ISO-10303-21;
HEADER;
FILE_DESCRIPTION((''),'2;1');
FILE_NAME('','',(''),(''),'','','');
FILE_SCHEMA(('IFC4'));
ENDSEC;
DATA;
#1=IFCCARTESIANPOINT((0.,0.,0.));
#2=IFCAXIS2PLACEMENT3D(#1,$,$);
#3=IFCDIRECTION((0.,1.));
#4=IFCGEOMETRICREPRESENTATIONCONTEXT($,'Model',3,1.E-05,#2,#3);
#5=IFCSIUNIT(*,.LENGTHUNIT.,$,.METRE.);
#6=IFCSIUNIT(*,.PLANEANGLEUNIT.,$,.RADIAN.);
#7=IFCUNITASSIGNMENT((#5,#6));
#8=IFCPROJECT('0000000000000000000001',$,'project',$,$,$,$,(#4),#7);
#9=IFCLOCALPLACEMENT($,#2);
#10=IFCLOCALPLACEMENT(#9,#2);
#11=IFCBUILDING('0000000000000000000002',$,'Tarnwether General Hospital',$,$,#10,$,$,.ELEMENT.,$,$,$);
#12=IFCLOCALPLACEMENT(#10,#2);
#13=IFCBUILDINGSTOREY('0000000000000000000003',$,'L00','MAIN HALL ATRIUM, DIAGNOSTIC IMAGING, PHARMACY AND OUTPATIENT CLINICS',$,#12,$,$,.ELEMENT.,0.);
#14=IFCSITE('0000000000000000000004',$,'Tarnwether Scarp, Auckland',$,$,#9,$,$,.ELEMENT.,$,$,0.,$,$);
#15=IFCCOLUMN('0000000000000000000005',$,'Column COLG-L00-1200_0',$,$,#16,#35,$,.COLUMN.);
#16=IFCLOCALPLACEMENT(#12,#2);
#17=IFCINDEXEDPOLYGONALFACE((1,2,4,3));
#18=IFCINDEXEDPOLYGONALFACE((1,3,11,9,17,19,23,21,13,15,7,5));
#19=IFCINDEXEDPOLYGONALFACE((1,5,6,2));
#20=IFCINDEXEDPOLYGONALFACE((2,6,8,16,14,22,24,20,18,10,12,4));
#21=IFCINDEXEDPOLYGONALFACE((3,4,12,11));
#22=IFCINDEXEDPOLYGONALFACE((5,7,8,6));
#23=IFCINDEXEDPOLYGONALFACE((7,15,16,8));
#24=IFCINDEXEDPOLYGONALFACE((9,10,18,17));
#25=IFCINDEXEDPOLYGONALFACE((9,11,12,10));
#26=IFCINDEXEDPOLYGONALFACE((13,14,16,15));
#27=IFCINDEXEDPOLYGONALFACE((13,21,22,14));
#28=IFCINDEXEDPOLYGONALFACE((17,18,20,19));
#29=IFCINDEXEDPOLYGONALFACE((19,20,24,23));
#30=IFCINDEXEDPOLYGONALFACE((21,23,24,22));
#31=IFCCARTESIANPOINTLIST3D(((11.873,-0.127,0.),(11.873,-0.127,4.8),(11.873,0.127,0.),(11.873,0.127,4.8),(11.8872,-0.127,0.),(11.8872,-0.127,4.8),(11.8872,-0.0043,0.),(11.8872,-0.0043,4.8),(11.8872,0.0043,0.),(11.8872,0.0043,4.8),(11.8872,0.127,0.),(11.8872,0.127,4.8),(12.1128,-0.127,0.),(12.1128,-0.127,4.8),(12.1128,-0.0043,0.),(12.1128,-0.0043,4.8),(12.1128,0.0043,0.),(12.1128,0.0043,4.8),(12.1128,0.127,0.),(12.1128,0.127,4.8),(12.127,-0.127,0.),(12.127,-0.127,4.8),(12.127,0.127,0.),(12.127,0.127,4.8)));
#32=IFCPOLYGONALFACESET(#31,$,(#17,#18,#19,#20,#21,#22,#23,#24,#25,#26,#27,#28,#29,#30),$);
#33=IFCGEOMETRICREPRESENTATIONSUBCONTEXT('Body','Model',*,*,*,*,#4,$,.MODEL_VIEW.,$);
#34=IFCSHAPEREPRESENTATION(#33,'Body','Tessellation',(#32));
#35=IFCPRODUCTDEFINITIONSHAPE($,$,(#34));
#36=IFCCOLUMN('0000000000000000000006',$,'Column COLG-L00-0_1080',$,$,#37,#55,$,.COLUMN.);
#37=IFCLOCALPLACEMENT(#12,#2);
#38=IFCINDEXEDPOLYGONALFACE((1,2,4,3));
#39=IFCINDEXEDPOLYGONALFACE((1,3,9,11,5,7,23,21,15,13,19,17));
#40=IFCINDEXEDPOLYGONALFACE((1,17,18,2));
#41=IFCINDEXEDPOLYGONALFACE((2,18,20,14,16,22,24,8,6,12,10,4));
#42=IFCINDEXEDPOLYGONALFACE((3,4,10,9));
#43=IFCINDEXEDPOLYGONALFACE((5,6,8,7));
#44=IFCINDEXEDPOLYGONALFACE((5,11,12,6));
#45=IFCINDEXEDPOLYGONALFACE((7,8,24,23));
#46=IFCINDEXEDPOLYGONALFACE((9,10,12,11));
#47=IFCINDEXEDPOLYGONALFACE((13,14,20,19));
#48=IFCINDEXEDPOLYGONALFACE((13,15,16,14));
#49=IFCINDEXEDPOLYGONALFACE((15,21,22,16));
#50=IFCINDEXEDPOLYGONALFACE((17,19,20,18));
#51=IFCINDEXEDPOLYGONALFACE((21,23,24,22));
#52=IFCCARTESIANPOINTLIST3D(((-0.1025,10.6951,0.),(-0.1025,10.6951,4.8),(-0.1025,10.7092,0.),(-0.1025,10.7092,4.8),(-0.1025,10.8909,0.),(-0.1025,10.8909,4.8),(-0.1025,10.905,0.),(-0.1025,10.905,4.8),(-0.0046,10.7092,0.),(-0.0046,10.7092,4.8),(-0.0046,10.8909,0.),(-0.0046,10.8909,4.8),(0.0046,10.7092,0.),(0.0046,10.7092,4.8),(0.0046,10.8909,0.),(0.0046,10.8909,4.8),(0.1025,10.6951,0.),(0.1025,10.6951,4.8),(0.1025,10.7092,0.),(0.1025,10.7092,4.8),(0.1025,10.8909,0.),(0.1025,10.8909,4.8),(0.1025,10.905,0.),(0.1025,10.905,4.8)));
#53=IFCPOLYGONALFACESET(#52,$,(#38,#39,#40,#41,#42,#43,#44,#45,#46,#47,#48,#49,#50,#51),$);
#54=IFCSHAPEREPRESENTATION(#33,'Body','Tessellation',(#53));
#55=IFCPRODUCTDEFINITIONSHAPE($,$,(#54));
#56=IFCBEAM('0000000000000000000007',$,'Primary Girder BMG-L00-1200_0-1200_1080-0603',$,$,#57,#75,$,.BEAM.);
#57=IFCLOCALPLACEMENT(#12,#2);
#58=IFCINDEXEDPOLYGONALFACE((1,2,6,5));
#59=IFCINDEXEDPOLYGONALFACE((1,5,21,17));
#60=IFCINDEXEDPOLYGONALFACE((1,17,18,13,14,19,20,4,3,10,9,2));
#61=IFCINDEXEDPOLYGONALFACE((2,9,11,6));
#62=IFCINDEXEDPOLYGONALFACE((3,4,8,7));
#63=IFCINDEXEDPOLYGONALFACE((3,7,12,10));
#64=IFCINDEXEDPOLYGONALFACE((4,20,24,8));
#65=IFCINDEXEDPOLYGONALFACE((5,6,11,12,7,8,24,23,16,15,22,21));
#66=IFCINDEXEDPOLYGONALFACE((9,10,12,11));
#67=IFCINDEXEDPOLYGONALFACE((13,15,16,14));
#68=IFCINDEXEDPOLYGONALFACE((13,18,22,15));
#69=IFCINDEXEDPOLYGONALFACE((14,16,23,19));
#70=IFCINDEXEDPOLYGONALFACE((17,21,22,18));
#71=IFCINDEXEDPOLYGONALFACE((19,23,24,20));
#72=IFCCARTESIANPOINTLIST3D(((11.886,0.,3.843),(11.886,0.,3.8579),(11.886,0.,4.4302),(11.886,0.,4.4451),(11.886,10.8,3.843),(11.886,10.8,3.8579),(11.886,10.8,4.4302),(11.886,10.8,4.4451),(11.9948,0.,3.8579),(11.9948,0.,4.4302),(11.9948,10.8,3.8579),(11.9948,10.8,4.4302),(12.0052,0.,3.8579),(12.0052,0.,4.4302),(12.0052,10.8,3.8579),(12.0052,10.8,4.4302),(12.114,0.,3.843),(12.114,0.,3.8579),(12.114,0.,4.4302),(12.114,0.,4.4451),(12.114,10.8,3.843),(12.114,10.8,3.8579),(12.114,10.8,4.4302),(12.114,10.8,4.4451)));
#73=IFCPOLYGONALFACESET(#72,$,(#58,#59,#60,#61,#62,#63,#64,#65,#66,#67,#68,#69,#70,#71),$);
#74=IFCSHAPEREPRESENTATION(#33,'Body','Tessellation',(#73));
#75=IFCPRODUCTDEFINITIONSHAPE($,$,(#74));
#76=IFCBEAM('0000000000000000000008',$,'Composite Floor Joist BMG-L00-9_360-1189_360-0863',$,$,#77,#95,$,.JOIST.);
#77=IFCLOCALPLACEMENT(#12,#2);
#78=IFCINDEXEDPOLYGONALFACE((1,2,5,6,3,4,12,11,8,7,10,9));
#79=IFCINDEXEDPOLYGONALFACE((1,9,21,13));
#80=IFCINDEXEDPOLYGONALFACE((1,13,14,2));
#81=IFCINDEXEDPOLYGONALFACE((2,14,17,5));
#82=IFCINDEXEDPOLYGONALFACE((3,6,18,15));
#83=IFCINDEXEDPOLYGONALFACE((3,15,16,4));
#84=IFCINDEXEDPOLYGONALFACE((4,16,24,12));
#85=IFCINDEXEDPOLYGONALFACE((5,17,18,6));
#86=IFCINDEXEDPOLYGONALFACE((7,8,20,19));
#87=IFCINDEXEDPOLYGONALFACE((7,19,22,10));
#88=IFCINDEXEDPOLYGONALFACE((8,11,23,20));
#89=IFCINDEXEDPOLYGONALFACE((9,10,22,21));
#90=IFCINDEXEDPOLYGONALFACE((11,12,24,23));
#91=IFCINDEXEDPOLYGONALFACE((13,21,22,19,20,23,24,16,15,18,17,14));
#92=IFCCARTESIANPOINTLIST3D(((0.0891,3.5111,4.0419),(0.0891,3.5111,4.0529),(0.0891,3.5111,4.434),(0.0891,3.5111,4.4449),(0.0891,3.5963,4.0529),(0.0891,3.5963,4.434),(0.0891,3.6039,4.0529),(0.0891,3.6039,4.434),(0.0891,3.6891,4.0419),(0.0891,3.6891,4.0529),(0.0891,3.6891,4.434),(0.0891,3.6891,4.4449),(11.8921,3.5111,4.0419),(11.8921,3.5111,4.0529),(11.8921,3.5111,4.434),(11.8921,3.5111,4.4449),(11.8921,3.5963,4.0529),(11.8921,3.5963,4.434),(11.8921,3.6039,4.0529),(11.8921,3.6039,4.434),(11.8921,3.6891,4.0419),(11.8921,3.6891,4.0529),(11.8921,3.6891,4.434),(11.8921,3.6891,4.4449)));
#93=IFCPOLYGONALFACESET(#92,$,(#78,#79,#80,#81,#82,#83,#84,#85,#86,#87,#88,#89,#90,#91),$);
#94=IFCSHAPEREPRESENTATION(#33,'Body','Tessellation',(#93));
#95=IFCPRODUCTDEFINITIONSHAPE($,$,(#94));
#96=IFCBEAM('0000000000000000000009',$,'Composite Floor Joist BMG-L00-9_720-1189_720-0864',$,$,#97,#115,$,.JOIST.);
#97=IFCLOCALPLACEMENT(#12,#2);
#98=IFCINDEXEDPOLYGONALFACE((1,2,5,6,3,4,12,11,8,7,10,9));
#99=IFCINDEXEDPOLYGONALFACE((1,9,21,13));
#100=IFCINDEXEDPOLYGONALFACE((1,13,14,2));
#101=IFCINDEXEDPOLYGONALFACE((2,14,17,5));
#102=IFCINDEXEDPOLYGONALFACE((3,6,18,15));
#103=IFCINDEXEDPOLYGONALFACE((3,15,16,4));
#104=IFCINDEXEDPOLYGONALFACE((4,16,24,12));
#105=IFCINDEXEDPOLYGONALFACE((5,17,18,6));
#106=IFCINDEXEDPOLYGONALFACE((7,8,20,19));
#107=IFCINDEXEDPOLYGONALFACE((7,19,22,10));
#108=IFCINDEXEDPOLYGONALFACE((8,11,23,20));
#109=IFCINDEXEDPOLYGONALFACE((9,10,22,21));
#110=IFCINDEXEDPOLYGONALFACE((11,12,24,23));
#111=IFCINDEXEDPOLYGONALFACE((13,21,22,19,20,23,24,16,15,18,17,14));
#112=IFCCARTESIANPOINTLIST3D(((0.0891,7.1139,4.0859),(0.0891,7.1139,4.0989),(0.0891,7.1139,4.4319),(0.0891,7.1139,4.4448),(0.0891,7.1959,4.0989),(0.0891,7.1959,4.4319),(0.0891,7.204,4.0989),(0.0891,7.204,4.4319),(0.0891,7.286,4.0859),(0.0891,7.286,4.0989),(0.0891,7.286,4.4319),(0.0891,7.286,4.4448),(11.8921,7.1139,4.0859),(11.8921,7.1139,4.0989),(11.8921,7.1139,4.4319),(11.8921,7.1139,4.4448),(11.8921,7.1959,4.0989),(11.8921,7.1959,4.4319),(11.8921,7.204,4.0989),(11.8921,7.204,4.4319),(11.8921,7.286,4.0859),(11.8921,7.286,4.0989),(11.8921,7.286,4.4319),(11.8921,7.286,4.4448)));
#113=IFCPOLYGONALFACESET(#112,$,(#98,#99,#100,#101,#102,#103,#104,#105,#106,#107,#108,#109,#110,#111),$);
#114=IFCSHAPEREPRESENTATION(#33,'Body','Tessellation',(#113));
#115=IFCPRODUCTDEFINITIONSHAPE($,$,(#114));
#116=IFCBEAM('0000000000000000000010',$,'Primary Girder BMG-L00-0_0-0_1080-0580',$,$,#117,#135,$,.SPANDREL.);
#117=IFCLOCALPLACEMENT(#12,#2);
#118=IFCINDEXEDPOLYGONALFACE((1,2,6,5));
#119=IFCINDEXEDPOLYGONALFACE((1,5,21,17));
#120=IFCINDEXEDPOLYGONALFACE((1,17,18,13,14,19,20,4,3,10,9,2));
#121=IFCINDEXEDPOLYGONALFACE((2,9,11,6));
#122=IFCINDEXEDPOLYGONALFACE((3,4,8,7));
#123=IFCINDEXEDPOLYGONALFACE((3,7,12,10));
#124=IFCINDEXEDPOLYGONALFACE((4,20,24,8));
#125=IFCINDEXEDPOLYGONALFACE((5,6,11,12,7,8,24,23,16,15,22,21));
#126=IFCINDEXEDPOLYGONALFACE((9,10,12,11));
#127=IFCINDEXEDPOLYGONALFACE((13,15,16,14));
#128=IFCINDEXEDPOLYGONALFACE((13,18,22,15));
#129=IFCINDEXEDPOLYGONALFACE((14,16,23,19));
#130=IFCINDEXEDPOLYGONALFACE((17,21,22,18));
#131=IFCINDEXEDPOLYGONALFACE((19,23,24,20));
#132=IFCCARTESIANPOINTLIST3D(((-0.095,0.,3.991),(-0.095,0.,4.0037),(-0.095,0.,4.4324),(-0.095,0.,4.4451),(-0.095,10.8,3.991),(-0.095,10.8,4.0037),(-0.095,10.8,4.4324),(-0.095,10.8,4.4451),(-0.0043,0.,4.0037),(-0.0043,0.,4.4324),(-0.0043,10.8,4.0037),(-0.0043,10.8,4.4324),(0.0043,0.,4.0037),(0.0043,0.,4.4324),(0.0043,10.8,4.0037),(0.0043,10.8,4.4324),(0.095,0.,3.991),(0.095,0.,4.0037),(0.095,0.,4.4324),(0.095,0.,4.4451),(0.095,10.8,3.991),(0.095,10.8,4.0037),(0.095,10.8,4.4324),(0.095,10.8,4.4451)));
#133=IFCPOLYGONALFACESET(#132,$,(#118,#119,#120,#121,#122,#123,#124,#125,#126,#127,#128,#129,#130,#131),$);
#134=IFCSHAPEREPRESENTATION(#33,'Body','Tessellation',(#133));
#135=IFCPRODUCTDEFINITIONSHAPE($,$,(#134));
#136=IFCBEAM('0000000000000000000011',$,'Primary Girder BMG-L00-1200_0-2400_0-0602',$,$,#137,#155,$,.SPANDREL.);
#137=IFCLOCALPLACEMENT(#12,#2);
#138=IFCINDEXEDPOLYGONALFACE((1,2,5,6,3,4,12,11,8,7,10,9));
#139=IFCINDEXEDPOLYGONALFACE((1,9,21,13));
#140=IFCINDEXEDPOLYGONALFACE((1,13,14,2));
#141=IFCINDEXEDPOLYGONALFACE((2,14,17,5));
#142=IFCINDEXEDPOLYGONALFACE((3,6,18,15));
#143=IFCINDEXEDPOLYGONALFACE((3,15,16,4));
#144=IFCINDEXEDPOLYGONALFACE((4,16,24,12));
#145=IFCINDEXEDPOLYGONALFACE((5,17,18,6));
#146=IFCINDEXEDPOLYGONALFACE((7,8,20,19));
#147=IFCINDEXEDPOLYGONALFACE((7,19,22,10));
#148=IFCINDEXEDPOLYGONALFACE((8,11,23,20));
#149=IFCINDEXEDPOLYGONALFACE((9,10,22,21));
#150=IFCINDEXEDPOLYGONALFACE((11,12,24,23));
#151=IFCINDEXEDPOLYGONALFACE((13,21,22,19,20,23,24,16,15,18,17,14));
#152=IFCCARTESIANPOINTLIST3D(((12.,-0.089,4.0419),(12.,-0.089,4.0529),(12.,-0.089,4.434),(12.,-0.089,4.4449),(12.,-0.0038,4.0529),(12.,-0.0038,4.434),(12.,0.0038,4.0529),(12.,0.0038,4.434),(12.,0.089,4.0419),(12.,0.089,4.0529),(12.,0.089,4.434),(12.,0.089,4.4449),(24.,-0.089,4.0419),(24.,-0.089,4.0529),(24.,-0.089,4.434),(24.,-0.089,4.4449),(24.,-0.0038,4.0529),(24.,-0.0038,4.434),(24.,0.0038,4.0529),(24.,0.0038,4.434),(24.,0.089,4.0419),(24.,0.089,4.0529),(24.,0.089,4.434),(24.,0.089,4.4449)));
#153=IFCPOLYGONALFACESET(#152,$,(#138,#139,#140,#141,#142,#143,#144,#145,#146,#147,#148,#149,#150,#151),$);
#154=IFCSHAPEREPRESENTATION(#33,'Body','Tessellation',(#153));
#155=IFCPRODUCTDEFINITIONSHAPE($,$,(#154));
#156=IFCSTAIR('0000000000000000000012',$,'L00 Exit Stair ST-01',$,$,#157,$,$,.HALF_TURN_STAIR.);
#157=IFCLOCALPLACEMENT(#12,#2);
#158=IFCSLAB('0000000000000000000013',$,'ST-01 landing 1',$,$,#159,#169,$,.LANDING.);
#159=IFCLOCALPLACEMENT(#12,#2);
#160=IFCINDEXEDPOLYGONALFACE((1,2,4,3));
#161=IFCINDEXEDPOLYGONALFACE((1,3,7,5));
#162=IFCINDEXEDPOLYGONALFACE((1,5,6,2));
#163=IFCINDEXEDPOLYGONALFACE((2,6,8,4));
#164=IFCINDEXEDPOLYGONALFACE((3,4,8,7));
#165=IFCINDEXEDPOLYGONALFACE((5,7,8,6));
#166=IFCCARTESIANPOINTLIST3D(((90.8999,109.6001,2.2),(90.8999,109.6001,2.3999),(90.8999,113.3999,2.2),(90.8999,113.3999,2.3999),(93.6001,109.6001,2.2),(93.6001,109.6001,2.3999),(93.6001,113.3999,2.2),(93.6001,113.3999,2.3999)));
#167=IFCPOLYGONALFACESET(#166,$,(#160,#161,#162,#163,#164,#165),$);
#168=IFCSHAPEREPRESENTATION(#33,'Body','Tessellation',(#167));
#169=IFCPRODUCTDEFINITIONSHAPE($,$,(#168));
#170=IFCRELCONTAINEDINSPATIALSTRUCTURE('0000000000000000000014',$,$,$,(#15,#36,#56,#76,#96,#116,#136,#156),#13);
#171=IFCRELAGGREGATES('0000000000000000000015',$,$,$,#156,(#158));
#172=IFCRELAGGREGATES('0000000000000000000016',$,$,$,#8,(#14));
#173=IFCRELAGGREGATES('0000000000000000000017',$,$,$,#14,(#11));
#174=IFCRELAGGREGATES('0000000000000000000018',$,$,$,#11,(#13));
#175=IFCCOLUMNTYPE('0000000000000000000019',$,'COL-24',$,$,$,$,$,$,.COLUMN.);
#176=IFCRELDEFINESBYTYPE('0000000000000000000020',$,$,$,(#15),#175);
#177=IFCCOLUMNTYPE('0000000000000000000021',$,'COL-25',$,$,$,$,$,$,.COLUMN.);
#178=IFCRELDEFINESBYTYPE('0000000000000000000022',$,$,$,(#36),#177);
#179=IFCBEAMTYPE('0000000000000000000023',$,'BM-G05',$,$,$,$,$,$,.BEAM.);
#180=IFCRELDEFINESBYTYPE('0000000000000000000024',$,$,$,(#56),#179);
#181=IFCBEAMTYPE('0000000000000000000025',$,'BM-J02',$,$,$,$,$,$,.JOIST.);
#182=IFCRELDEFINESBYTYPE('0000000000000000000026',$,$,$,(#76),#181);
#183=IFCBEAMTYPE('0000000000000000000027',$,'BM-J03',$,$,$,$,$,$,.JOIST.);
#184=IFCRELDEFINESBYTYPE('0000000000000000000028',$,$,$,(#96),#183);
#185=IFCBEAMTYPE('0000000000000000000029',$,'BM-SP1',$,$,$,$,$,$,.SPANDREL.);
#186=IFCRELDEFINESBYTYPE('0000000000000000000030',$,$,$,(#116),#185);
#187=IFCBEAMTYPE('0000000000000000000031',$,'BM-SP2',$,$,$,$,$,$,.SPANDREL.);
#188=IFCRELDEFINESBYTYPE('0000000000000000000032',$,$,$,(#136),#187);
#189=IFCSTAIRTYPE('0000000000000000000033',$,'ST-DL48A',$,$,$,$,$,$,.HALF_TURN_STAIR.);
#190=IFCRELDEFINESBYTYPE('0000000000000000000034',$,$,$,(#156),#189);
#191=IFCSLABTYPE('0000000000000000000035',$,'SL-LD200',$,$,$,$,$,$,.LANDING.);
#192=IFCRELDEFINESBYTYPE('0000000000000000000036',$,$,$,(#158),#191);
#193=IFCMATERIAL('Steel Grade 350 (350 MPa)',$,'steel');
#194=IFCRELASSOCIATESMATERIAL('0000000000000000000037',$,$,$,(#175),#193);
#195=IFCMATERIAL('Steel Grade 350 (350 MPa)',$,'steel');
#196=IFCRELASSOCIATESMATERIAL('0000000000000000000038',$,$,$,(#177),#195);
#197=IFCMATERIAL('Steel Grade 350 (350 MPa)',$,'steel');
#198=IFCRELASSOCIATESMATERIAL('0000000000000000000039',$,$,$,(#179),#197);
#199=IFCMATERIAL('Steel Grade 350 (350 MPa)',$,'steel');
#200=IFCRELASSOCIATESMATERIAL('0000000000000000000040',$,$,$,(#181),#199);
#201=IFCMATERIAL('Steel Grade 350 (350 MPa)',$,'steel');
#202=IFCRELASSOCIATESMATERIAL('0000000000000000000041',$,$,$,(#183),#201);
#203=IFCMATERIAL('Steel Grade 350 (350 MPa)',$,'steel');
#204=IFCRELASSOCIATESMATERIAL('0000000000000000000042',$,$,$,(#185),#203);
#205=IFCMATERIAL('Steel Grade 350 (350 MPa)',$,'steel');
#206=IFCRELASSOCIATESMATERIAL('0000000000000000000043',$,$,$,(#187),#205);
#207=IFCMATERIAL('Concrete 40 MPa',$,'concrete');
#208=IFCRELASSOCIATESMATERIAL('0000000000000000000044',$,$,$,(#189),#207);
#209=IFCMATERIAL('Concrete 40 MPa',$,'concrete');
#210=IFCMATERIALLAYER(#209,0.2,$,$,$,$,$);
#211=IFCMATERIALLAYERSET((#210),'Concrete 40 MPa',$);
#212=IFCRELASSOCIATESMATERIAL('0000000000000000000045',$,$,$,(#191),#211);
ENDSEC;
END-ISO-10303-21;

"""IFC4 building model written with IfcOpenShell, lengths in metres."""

from ifc_helpers import new_model, si_unit, direction, frame, origin, origin_2d, place, context, subcontext, project, spatial, polyline, i_section, outline, extrude, material, layer, layer_set, material_profile, profile_set, type_object, element, aggregate, save


model = new_model("IFC4")

# Units and contexts
model_context = context("Model", 3, precision=1e-05, world=origin(), true_north=direction((0.0, 1.0)))
body_context = subcontext(model_context, "Body", "Model", "MODEL_VIEW")
ifc_project = project(units=[si_unit("LENGTHUNIT", "METRE"), si_unit("PLANEANGLEUNIT", "RADIAN")], contexts=[model_context])

# Site, building, storey
site_placement = place(None, origin())
site = spatial("IfcSite", under=ifc_project, at=site_placement, Name="Tarnwether Scarp, Auckland", CompositionType="ELEMENT", RefElevation=0.0)
building_placement = place(site_placement, origin())
building = spatial("IfcBuilding", under=site, at=building_placement, Name="Tarnwether General Hospital", CompositionType="ELEMENT")
storey_placement = place(building_placement, origin())
storey = spatial("IfcBuildingStorey", under=building, at=storey_placement, Name="L00", Description="MAIN HALL ATRIUM, DIAGNOSTIC IMAGING, PHARMACY AND OUTPATIENT CLINICS", CompositionType="ELEMENT", Elevation=0.0)

# Columns
ifc_material_1 = material(Name="Steel Grade 350 (350 MPa)", Category="steel")
ifc_material_profile_1 = material_profile(ifc_material_1, i_section(OverallWidth=0.2539, OverallDepth=0.2539, WebThickness=0.0085, FlangeThickness=0.0142, at=origin_2d()), Name="250UC72.9")
ifc_profile_set_1 = profile_set([ifc_material_profile_1], Name="Steel Grade 350 (350 MPa)")
column_type_1 = type_object("IfcColumnType", Name="COL-24", PredefinedType="COLUMN", material=ifc_profile_set_1)
column_1_placement = place(storey_placement, frame((12.0, 0.0, 0.0), z_axis=(0.0, 0.0, 1.0), x_axis=(0.0, 1.0, 0.0)))
element("IfcColumn", 1, at=column_1_placement, inside=storey, type_object=column_type_1, Name="Column COLG-L00-1200_0", PredefinedType="COLUMN", context=body_context, shape_type="SweptSolid", body=[
    extrude(i_section(OverallWidth=0.2539, OverallDepth=0.2539, WebThickness=0.0085, FlangeThickness=0.0142, at=origin_2d()), origin(), (0.0, 0.0, 1.0), 4.8),
])
ifc_material_2 = material(Name="Steel Grade 350 (350 MPa)", Category="steel")
ifc_material_profile_2 = material_profile(ifc_material_2, i_section(OverallWidth=0.2051, OverallDepth=0.21, WebThickness=0.0093, FlangeThickness=0.0142, at=origin_2d()), Name="200UC59.5")
ifc_profile_set_2 = profile_set([ifc_material_profile_2], Name="Steel Grade 350 (350 MPa)")
column_type_2 = type_object("IfcColumnType", Name="COL-25", PredefinedType="COLUMN", material=ifc_profile_set_2)
column_2_placement = place(storey_placement, frame((0.0, 10.8, 0.0), z_axis=(0.0, 0.0, 1.0), x_axis=(1.0, 0.0, 0.0)))
element("IfcColumn", 2, at=column_2_placement, inside=storey, type_object=column_type_2, Name="Column COLG-L00-0_1080", PredefinedType="COLUMN", context=body_context, shape_type="SweptSolid", body=[
    extrude(i_section(OverallWidth=0.2051, OverallDepth=0.21, WebThickness=0.0093, FlangeThickness=0.0142, at=origin_2d()), origin(), (0.0, 0.0, 1.0), 4.8),
])

# Beams
ifc_material_3 = material(Name="Steel Grade 350 (350 MPa)", Category="steel")
ifc_material_profile_3 = material_profile(ifc_material_3, i_section(OverallWidth=0.228, OverallDepth=0.6021, WebThickness=0.0105, FlangeThickness=0.0149, at=origin_2d()), Name="610UB101")
ifc_profile_set_3 = profile_set([ifc_material_profile_3], Name="Steel Grade 350 (350 MPa)")
beam_type_1 = type_object("IfcBeamType", Name="BM-G05", PredefinedType="BEAM", material=ifc_profile_set_3)
beam_1_placement = place(storey_placement, frame((12.0, 0.0, 4.144), z_axis=(0.0, 1.0, 0.0), x_axis=(-1.0, 0.0, 0.0)))
element("IfcBeam", 3, at=beam_1_placement, inside=storey, type_object=beam_type_1, Name="Primary Girder BMG-L00-1200_0-1200_1080-0603", PredefinedType="BEAM", context=body_context, shape_type="SweptSolid", body=[
    extrude(i_section(OverallWidth=0.228, OverallDepth=0.6021, WebThickness=0.0105, FlangeThickness=0.0149, at=origin_2d()), origin(), (0.0, 0.0, 1.0), 10.8),
])
ifc_material_4 = material(Name="Steel Grade 350 (350 MPa)", Category="steel")
ifc_material_profile_4 = material_profile(ifc_material_4, i_section(OverallWidth=0.178, OverallDepth=0.4031, WebThickness=0.0076, FlangeThickness=0.011, at=origin_2d()), Name="410UB53.7")
ifc_profile_set_4 = profile_set([ifc_material_profile_4], Name="Steel Grade 350 (350 MPa)")
beam_type_2 = type_object("IfcBeamType", Name="BM-J02", PredefinedType="JOIST", material=ifc_profile_set_4)
beam_2_placement = place(storey_placement, frame((0.0891, 3.6001, 4.2434), z_axis=(1.0, 0.0, 0.0), x_axis=(0.0, 1.0, 0.0)))
element("IfcBeam", 4, at=beam_2_placement, inside=storey, type_object=beam_type_2, Name="Composite Floor Joist BMG-L00-9_360-1189_360-0863", PredefinedType="JOIST", context=body_context, shape_type="SweptSolid", body=[
    extrude(i_section(OverallWidth=0.178, OverallDepth=0.4031, WebThickness=0.0076, FlangeThickness=0.011, at=origin_2d()), origin(), (0.0, 0.0, 1.0), 11.803),
])
ifc_material_5 = material(Name="Steel Grade 350 (350 MPa)", Category="steel")
ifc_material_profile_5 = material_profile(ifc_material_5, i_section(OverallWidth=0.1721, OverallDepth=0.3589, WebThickness=0.0081, FlangeThickness=0.0129, at=origin_2d()), Name="360UB56.7")
ifc_profile_set_5 = profile_set([ifc_material_profile_5], Name="Steel Grade 350 (350 MPa)")
beam_type_3 = type_object("IfcBeamType", Name="BM-J03", PredefinedType="JOIST", material=ifc_profile_set_5)
beam_3_placement = place(storey_placement, frame((0.0891, 7.2, 4.2654), z_axis=(1.0, 0.0, 0.0), x_axis=(0.0, 1.0, 0.0)))
element("IfcBeam", 5, at=beam_3_placement, inside=storey, type_object=beam_type_3, Name="Composite Floor Joist BMG-L00-9_720-1189_720-0864", PredefinedType="JOIST", context=body_context, shape_type="SweptSolid", body=[
    extrude(i_section(OverallWidth=0.1721, OverallDepth=0.3589, WebThickness=0.0081, FlangeThickness=0.0129, at=origin_2d()), origin(), (0.0, 0.0, 1.0), 11.803),
])
ifc_material_6 = material(Name="Steel Grade 350 (350 MPa)", Category="steel")
ifc_material_profile_6 = material_profile(ifc_material_6, i_section(OverallWidth=0.1899, OverallDepth=0.4541, WebThickness=0.0085, FlangeThickness=0.0127, at=origin_2d()), Name="460UB67.1")
ifc_profile_set_6 = profile_set([ifc_material_profile_6], Name="Steel Grade 350 (350 MPa)")
beam_type_4 = type_object("IfcBeamType", Name="BM-SP1", PredefinedType="SPANDREL", material=ifc_profile_set_6)
beam_4_placement = place(storey_placement, frame((0.0, 0.0, 4.218), z_axis=(0.0, 1.0, 0.0), x_axis=(-1.0, 0.0, 0.0)))
element("IfcBeam", 6, at=beam_4_placement, inside=storey, type_object=beam_type_4, Name="Primary Girder BMG-L00-0_0-0_1080-0580", PredefinedType="SPANDREL", context=body_context, shape_type="SweptSolid", body=[
    extrude(i_section(OverallWidth=0.1899, OverallDepth=0.4541, WebThickness=0.0085, FlangeThickness=0.0127, at=origin_2d()), origin(), (0.0, 0.0, 1.0), 10.8),
])
ifc_material_7 = material(Name="Steel Grade 350 (350 MPa)", Category="steel")
ifc_material_profile_7 = material_profile(ifc_material_7, i_section(OverallWidth=0.178, OverallDepth=0.4031, WebThickness=0.0076, FlangeThickness=0.011, at=origin_2d()), Name="410UB53.7")
ifc_profile_set_7 = profile_set([ifc_material_profile_7], Name="Steel Grade 350 (350 MPa)")
beam_type_5 = type_object("IfcBeamType", Name="BM-SP2", PredefinedType="SPANDREL", material=ifc_profile_set_7)
beam_5_placement = place(storey_placement, frame((12.0, 0.0, 4.2434), z_axis=(1.0, 0.0, 0.0), x_axis=(0.0, 1.0, 0.0)))
element("IfcBeam", 7, at=beam_5_placement, inside=storey, type_object=beam_type_5, Name="Primary Girder BMG-L00-1200_0-2400_0-0602", PredefinedType="SPANDREL", context=body_context, shape_type="SweptSolid", body=[
    extrude(i_section(OverallWidth=0.178, OverallDepth=0.4031, WebThickness=0.0076, FlangeThickness=0.011, at=origin_2d()), origin(), (0.0, 0.0, 1.0), 12.0),
])

# Stair, slab
ifc_material_8 = material(Name="Concrete 40 MPa", Category="concrete")
stair_type_1 = type_object("IfcStairType", Name="ST-DL48A", PredefinedType="HALF_TURN_STAIR", material=ifc_material_8)
stair_1_placement = place(storey_placement, origin())
stair_1 = element("IfcStair", 8, at=stair_1_placement, inside=storey, type_object=stair_type_1, Name="L00 Exit Stair ST-01", PredefinedType="HALF_TURN_STAIR")
ifc_material_9 = material(Name="Concrete 40 MPa", Category="concrete")
ifc_layer_1 = layer(ifc_material_9, 0.2)
ifc_layer_set_1 = layer_set([ifc_layer_1], Name="Concrete 40 MPa")
slab_type = type_object("IfcSlabType", Name="SL-LD200", PredefinedType="LANDING", material=ifc_layer_set_1)
slab_1_placement = place(storey_placement, frame((0.0, 0.0, 2.2)))
slab_1 = element("IfcSlab", 9, at=slab_1_placement, type_object=slab_type, Name="ST-01 landing 1", PredefinedType="LANDING", context=body_context, shape_type="SweptSolid", body=[
    extrude(outline(polyline([(90.8999, 109.6001), (93.6001, 109.6001), (93.6001, 113.3999), (90.8999, 113.3999), (90.8999, 109.6001)])), origin(), (0.0, 0.0, 1.0), 0.2),
])
aggregate(stair_1, [slab_1])

save(model, "model.ifc")
